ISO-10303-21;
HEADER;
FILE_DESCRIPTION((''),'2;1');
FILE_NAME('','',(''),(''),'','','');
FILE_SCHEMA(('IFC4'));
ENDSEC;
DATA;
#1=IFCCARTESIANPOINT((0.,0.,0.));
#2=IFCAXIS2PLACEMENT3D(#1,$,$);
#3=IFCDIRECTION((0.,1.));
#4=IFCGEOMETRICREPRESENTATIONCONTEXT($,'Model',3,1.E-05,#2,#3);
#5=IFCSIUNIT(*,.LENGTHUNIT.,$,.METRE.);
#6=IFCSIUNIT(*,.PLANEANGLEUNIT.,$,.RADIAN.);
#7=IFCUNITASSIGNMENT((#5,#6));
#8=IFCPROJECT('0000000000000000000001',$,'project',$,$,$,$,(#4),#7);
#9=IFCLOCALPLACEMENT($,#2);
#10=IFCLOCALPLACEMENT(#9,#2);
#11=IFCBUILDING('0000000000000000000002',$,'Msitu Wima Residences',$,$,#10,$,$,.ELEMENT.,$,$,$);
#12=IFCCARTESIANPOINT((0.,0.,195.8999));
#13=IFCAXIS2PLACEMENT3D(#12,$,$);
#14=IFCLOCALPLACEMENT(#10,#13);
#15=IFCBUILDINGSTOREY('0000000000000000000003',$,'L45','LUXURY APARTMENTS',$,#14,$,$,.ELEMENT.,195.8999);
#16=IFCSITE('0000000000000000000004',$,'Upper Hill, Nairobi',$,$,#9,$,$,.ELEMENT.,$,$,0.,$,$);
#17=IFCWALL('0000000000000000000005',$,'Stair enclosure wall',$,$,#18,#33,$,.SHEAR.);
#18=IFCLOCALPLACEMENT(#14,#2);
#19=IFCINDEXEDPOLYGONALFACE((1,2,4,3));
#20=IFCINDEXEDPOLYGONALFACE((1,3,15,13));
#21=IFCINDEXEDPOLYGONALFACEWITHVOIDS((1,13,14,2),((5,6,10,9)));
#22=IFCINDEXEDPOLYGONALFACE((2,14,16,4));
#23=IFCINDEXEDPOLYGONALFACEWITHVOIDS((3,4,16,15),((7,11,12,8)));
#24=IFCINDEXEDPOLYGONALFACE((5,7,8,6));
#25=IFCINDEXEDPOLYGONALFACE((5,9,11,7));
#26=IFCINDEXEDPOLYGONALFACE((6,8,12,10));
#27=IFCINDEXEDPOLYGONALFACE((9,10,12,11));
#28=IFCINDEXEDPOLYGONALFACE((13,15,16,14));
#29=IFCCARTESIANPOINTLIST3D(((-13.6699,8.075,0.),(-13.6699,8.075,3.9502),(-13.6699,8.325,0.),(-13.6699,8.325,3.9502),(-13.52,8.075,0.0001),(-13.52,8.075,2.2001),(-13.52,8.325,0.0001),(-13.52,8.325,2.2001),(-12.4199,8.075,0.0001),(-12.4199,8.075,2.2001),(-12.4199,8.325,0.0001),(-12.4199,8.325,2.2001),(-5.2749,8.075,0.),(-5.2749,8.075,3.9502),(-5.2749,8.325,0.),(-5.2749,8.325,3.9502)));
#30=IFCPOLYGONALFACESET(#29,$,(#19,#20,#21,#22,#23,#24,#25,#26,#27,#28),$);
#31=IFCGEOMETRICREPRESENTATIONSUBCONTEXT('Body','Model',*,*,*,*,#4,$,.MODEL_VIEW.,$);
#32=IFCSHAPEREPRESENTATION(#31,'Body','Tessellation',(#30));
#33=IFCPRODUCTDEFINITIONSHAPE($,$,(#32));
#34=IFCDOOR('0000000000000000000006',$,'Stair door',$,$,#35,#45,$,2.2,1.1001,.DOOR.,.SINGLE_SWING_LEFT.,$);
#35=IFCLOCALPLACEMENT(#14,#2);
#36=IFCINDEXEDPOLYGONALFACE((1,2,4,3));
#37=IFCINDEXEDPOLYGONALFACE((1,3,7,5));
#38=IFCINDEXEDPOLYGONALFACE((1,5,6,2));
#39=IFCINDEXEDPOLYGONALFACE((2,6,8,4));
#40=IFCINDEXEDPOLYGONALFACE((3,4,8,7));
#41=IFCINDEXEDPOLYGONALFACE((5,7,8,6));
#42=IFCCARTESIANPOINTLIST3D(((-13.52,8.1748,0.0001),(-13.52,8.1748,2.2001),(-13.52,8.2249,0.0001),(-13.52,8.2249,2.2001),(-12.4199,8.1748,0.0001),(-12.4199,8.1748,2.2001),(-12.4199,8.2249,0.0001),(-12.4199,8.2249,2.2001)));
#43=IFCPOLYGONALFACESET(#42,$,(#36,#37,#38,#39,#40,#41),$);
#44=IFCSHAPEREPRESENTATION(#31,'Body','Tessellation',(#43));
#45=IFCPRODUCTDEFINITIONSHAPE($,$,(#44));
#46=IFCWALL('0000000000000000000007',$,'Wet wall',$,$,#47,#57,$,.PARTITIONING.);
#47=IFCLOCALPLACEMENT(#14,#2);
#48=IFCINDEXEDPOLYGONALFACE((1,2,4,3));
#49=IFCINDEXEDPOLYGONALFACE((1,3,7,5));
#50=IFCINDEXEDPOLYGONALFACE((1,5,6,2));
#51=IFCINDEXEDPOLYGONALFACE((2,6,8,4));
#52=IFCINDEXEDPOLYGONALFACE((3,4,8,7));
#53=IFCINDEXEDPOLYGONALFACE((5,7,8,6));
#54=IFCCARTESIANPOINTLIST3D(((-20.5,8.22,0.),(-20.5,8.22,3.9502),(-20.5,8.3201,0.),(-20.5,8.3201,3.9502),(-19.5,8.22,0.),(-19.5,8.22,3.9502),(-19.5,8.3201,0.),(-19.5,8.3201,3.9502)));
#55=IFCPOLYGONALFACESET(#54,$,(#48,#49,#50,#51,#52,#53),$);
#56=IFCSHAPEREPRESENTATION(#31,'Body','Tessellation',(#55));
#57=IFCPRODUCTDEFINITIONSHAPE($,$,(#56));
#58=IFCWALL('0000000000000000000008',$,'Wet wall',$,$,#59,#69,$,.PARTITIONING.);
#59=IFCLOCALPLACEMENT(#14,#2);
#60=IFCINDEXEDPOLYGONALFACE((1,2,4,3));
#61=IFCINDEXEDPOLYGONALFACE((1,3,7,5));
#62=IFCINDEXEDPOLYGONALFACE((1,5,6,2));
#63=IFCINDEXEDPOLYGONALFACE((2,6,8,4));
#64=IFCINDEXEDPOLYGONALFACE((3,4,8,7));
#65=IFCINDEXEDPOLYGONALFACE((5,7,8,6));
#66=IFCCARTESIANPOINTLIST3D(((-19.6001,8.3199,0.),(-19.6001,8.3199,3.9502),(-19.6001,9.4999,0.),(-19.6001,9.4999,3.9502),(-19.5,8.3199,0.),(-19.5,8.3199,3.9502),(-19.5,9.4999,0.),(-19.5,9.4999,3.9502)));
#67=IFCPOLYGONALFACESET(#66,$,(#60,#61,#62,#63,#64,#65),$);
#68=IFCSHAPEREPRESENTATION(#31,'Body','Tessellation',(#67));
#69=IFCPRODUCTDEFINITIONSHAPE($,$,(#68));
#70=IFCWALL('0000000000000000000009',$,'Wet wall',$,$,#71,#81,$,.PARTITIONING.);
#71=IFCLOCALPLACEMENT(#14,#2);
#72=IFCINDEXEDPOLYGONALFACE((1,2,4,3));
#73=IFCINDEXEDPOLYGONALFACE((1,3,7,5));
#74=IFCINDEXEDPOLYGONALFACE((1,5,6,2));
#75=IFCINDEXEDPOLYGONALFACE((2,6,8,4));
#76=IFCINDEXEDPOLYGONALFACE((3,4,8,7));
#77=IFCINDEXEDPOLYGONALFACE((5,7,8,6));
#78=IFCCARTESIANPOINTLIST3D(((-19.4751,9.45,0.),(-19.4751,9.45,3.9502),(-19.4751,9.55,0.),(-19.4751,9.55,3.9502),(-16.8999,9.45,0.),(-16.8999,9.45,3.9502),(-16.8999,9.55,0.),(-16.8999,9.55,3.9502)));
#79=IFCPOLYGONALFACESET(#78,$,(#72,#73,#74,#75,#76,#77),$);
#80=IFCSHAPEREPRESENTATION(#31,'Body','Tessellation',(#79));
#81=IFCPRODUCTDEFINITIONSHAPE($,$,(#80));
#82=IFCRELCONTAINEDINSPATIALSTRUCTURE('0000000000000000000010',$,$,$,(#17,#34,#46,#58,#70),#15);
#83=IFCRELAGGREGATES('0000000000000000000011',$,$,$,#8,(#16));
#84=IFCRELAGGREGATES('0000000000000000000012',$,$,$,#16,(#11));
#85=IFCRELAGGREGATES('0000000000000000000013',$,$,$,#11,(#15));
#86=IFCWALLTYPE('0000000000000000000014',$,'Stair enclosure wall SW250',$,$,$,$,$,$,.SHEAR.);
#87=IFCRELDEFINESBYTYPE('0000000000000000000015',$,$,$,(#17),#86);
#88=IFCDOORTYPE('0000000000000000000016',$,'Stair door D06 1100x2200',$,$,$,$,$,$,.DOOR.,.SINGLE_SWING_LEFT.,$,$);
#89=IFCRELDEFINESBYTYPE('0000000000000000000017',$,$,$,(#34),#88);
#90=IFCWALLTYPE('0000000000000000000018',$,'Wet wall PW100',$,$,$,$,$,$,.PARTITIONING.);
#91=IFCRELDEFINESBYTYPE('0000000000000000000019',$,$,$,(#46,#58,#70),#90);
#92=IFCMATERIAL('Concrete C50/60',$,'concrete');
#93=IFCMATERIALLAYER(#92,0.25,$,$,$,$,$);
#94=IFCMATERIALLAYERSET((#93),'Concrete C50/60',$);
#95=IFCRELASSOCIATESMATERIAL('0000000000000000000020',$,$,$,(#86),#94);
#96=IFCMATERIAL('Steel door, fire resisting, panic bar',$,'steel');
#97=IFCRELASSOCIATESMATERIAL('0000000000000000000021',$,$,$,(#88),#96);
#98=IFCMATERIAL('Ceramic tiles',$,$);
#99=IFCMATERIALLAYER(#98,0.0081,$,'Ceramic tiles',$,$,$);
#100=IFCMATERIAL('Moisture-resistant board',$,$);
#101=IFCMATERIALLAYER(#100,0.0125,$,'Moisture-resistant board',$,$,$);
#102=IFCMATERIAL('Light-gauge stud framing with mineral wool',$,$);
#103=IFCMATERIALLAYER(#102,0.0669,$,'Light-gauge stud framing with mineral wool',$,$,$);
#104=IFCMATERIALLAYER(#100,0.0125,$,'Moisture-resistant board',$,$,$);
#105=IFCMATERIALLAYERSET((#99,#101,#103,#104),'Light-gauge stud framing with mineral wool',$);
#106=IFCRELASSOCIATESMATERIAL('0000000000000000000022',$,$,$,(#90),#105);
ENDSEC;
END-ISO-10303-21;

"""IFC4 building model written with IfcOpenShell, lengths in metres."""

from ifc_helpers import new_model, si_unit, direction, frame, frame_2d, origin, place, context, subcontext, project, spatial, rectangle, extrude, material, layer, layer_set, type_object, element, fill, save


model = new_model("IFC4")

# Units and contexts
model_context = context("Model", 3, precision=1e-05, world=origin(), true_north=direction((0.0, 1.0)))
body_context = subcontext(model_context, "Body", "Model", "MODEL_VIEW")
ifc_project = project(units=[si_unit("LENGTHUNIT", "METRE"), si_unit("PLANEANGLEUNIT", "RADIAN")], contexts=[model_context])

# Site, building, storey
site_placement = place(None, origin())
site = spatial("IfcSite", under=ifc_project, at=site_placement, Name="Upper Hill, Nairobi", CompositionType="ELEMENT", RefElevation=0.0)
building_placement = place(site_placement, origin())
building = spatial("IfcBuilding", under=site, at=building_placement, Name="Msitu Wima Residences", CompositionType="ELEMENT")
storey_placement = place(building_placement, frame((0.0, 0.0, 195.8999)))
storey = spatial("IfcBuildingStorey", under=building, at=storey_placement, Name="L45", Description="LUXURY APARTMENTS", CompositionType="ELEMENT", Elevation=195.8999)

# Shared definitions
ifc_material_1 = material(Name="Concrete C50/60", Category="concrete")

# Wall, opening, door
ifc_layer_1 = layer(ifc_material_1, 0.25)
ifc_layer_set_1 = layer_set([ifc_layer_1], Name="Concrete C50/60")
wall_type_1 = type_object("IfcWallType", Name="Stair enclosure wall SW250", PredefinedType="SHEAR", material=ifc_layer_set_1)
wall_1_placement = place(storey_placement, frame((-13.6699, 8.2, 0.0), z_axis=(0.0, 0.0, 1.0), x_axis=(1.0, 0.0, 0.0)))
wall_1 = element("IfcWall", 1, at=wall_1_placement, inside=storey, type_object=wall_type_1, Name="Stair enclosure wall", PredefinedType="SHEAR", context=body_context, shape_type="SweptSolid", body=[
    extrude(rectangle(XDim=8.395, YDim=0.25, at=frame_2d((4.1975, 0.0))), origin(), (0.0, 0.0, 1.0), 3.9502),
])
opening_1_placement = place(wall_1_placement, frame((0.1499, 0.0, 0.0)))
opening_1 = element("IfcOpeningElement", 2, at=opening_1_placement, cuts=wall_1, PredefinedType="OPENING", context=body_context, shape_type="SweptSolid", body=[
    extrude(rectangle(XDim=1.1001, YDim=2.2, at=frame_2d((0.55, 1.1001))), frame((0.0, 0.135, 0.0), z_axis=(0.0, -1.0, 0.0), x_axis=(1.0, 0.0, 0.0)), (0.0, 0.0, 1.0), 0.27),
])
ifc_material_2 = material(Name="Steel door, fire resisting, panic bar", Category="steel")
door_type_1 = type_object("IfcDoorType", Name="Stair door D06 1100x2200", OperationType="SINGLE_SWING_LEFT", PredefinedType="DOOR", material=ifc_material_2)
door_1_placement = place(opening_1_placement, origin())
door_1 = element("IfcDoor", 3, at=door_1_placement, inside=storey, type_object=door_type_1, Name="Stair door", OperationType="SINGLE_SWING_LEFT", OverallHeight=2.2, OverallWidth=1.1001, PredefinedType="DOOR", context=body_context, shape_type="SweptSolid", body=[
    extrude(rectangle(XDim=1.1001, YDim=2.2, at=frame_2d((0.55, 1.1001))), frame((0.0, 0.0249, 0.0), z_axis=(0.0, -1.0, 0.0), x_axis=(1.0, 0.0, 0.0)), (0.0, 0.0, 1.0), 0.05),
])
fill(opening_1, door_1)

# Walls
ifc_material_3 = material(Name="Ceramic tiles")
ifc_layer_2 = layer(ifc_material_3, 0.0081, Name="Ceramic tiles")
ifc_material_4 = material(Name="Moisture-resistant board")
ifc_layer_3 = layer(ifc_material_4, 0.0125, Name="Moisture-resistant board")
ifc_material_5 = material(Name="Light-gauge stud framing with mineral wool")
ifc_layer_4 = layer(ifc_material_5, 0.0669, Name="Light-gauge stud framing with mineral wool")
ifc_layer_5 = layer(ifc_material_4, 0.0125, Name="Moisture-resistant board")
ifc_layer_set_2 = layer_set([ifc_layer_2, ifc_layer_3, ifc_layer_4, ifc_layer_5], Name="Light-gauge stud framing with mineral wool")
wall_type_2 = type_object("IfcWallType", Name="Wet wall PW100", PredefinedType="PARTITIONING", material=ifc_layer_set_2)
wall_2_placement = place(storey_placement, frame((-20.5, 8.27, 0.0), z_axis=(0.0, 0.0, 1.0), x_axis=(1.0, 0.0, 0.0)))
element("IfcWall", 4, at=wall_2_placement, inside=storey, type_object=wall_type_2, Name="Wet wall", PredefinedType="PARTITIONING", context=body_context, shape_type="SweptSolid", body=[
    extrude(rectangle(XDim=1.0, YDim=0.1001, at=frame_2d((0.5, 0.0))), origin(), (0.0, 0.0, 1.0), 3.9502),
])
wall_3_placement = place(storey_placement, frame((-19.55, 8.3201, 0.0), z_axis=(0.0, 0.0, 1.0), x_axis=(0.0, 1.0, 0.0)))
element("IfcWall", 5, at=wall_3_placement, inside=storey, type_object=wall_type_2, Name="Wet wall", PredefinedType="PARTITIONING", context=body_context, shape_type="SweptSolid", body=[
    extrude(rectangle(XDim=1.1799, YDim=0.1001, at=frame_2d((0.5898, 0.0))), origin(), (0.0, 0.0, 1.0), 3.9502),
])
wall_4_placement = place(storey_placement, frame((-19.4751, 9.5, 0.0), z_axis=(0.0, 0.0, 1.0), x_axis=(1.0, 0.0, 0.0)))
element("IfcWall", 6, at=wall_4_placement, inside=storey, type_object=wall_type_2, Name="Wet wall", PredefinedType="PARTITIONING", context=body_context, shape_type="SweptSolid", body=[
    extrude(rectangle(XDim=2.5752, YDim=0.1001, at=frame_2d((1.2876, 0.0))), origin(), (0.0, 0.0, 1.0), 3.9502),
])

save(model, "model.ifc")
